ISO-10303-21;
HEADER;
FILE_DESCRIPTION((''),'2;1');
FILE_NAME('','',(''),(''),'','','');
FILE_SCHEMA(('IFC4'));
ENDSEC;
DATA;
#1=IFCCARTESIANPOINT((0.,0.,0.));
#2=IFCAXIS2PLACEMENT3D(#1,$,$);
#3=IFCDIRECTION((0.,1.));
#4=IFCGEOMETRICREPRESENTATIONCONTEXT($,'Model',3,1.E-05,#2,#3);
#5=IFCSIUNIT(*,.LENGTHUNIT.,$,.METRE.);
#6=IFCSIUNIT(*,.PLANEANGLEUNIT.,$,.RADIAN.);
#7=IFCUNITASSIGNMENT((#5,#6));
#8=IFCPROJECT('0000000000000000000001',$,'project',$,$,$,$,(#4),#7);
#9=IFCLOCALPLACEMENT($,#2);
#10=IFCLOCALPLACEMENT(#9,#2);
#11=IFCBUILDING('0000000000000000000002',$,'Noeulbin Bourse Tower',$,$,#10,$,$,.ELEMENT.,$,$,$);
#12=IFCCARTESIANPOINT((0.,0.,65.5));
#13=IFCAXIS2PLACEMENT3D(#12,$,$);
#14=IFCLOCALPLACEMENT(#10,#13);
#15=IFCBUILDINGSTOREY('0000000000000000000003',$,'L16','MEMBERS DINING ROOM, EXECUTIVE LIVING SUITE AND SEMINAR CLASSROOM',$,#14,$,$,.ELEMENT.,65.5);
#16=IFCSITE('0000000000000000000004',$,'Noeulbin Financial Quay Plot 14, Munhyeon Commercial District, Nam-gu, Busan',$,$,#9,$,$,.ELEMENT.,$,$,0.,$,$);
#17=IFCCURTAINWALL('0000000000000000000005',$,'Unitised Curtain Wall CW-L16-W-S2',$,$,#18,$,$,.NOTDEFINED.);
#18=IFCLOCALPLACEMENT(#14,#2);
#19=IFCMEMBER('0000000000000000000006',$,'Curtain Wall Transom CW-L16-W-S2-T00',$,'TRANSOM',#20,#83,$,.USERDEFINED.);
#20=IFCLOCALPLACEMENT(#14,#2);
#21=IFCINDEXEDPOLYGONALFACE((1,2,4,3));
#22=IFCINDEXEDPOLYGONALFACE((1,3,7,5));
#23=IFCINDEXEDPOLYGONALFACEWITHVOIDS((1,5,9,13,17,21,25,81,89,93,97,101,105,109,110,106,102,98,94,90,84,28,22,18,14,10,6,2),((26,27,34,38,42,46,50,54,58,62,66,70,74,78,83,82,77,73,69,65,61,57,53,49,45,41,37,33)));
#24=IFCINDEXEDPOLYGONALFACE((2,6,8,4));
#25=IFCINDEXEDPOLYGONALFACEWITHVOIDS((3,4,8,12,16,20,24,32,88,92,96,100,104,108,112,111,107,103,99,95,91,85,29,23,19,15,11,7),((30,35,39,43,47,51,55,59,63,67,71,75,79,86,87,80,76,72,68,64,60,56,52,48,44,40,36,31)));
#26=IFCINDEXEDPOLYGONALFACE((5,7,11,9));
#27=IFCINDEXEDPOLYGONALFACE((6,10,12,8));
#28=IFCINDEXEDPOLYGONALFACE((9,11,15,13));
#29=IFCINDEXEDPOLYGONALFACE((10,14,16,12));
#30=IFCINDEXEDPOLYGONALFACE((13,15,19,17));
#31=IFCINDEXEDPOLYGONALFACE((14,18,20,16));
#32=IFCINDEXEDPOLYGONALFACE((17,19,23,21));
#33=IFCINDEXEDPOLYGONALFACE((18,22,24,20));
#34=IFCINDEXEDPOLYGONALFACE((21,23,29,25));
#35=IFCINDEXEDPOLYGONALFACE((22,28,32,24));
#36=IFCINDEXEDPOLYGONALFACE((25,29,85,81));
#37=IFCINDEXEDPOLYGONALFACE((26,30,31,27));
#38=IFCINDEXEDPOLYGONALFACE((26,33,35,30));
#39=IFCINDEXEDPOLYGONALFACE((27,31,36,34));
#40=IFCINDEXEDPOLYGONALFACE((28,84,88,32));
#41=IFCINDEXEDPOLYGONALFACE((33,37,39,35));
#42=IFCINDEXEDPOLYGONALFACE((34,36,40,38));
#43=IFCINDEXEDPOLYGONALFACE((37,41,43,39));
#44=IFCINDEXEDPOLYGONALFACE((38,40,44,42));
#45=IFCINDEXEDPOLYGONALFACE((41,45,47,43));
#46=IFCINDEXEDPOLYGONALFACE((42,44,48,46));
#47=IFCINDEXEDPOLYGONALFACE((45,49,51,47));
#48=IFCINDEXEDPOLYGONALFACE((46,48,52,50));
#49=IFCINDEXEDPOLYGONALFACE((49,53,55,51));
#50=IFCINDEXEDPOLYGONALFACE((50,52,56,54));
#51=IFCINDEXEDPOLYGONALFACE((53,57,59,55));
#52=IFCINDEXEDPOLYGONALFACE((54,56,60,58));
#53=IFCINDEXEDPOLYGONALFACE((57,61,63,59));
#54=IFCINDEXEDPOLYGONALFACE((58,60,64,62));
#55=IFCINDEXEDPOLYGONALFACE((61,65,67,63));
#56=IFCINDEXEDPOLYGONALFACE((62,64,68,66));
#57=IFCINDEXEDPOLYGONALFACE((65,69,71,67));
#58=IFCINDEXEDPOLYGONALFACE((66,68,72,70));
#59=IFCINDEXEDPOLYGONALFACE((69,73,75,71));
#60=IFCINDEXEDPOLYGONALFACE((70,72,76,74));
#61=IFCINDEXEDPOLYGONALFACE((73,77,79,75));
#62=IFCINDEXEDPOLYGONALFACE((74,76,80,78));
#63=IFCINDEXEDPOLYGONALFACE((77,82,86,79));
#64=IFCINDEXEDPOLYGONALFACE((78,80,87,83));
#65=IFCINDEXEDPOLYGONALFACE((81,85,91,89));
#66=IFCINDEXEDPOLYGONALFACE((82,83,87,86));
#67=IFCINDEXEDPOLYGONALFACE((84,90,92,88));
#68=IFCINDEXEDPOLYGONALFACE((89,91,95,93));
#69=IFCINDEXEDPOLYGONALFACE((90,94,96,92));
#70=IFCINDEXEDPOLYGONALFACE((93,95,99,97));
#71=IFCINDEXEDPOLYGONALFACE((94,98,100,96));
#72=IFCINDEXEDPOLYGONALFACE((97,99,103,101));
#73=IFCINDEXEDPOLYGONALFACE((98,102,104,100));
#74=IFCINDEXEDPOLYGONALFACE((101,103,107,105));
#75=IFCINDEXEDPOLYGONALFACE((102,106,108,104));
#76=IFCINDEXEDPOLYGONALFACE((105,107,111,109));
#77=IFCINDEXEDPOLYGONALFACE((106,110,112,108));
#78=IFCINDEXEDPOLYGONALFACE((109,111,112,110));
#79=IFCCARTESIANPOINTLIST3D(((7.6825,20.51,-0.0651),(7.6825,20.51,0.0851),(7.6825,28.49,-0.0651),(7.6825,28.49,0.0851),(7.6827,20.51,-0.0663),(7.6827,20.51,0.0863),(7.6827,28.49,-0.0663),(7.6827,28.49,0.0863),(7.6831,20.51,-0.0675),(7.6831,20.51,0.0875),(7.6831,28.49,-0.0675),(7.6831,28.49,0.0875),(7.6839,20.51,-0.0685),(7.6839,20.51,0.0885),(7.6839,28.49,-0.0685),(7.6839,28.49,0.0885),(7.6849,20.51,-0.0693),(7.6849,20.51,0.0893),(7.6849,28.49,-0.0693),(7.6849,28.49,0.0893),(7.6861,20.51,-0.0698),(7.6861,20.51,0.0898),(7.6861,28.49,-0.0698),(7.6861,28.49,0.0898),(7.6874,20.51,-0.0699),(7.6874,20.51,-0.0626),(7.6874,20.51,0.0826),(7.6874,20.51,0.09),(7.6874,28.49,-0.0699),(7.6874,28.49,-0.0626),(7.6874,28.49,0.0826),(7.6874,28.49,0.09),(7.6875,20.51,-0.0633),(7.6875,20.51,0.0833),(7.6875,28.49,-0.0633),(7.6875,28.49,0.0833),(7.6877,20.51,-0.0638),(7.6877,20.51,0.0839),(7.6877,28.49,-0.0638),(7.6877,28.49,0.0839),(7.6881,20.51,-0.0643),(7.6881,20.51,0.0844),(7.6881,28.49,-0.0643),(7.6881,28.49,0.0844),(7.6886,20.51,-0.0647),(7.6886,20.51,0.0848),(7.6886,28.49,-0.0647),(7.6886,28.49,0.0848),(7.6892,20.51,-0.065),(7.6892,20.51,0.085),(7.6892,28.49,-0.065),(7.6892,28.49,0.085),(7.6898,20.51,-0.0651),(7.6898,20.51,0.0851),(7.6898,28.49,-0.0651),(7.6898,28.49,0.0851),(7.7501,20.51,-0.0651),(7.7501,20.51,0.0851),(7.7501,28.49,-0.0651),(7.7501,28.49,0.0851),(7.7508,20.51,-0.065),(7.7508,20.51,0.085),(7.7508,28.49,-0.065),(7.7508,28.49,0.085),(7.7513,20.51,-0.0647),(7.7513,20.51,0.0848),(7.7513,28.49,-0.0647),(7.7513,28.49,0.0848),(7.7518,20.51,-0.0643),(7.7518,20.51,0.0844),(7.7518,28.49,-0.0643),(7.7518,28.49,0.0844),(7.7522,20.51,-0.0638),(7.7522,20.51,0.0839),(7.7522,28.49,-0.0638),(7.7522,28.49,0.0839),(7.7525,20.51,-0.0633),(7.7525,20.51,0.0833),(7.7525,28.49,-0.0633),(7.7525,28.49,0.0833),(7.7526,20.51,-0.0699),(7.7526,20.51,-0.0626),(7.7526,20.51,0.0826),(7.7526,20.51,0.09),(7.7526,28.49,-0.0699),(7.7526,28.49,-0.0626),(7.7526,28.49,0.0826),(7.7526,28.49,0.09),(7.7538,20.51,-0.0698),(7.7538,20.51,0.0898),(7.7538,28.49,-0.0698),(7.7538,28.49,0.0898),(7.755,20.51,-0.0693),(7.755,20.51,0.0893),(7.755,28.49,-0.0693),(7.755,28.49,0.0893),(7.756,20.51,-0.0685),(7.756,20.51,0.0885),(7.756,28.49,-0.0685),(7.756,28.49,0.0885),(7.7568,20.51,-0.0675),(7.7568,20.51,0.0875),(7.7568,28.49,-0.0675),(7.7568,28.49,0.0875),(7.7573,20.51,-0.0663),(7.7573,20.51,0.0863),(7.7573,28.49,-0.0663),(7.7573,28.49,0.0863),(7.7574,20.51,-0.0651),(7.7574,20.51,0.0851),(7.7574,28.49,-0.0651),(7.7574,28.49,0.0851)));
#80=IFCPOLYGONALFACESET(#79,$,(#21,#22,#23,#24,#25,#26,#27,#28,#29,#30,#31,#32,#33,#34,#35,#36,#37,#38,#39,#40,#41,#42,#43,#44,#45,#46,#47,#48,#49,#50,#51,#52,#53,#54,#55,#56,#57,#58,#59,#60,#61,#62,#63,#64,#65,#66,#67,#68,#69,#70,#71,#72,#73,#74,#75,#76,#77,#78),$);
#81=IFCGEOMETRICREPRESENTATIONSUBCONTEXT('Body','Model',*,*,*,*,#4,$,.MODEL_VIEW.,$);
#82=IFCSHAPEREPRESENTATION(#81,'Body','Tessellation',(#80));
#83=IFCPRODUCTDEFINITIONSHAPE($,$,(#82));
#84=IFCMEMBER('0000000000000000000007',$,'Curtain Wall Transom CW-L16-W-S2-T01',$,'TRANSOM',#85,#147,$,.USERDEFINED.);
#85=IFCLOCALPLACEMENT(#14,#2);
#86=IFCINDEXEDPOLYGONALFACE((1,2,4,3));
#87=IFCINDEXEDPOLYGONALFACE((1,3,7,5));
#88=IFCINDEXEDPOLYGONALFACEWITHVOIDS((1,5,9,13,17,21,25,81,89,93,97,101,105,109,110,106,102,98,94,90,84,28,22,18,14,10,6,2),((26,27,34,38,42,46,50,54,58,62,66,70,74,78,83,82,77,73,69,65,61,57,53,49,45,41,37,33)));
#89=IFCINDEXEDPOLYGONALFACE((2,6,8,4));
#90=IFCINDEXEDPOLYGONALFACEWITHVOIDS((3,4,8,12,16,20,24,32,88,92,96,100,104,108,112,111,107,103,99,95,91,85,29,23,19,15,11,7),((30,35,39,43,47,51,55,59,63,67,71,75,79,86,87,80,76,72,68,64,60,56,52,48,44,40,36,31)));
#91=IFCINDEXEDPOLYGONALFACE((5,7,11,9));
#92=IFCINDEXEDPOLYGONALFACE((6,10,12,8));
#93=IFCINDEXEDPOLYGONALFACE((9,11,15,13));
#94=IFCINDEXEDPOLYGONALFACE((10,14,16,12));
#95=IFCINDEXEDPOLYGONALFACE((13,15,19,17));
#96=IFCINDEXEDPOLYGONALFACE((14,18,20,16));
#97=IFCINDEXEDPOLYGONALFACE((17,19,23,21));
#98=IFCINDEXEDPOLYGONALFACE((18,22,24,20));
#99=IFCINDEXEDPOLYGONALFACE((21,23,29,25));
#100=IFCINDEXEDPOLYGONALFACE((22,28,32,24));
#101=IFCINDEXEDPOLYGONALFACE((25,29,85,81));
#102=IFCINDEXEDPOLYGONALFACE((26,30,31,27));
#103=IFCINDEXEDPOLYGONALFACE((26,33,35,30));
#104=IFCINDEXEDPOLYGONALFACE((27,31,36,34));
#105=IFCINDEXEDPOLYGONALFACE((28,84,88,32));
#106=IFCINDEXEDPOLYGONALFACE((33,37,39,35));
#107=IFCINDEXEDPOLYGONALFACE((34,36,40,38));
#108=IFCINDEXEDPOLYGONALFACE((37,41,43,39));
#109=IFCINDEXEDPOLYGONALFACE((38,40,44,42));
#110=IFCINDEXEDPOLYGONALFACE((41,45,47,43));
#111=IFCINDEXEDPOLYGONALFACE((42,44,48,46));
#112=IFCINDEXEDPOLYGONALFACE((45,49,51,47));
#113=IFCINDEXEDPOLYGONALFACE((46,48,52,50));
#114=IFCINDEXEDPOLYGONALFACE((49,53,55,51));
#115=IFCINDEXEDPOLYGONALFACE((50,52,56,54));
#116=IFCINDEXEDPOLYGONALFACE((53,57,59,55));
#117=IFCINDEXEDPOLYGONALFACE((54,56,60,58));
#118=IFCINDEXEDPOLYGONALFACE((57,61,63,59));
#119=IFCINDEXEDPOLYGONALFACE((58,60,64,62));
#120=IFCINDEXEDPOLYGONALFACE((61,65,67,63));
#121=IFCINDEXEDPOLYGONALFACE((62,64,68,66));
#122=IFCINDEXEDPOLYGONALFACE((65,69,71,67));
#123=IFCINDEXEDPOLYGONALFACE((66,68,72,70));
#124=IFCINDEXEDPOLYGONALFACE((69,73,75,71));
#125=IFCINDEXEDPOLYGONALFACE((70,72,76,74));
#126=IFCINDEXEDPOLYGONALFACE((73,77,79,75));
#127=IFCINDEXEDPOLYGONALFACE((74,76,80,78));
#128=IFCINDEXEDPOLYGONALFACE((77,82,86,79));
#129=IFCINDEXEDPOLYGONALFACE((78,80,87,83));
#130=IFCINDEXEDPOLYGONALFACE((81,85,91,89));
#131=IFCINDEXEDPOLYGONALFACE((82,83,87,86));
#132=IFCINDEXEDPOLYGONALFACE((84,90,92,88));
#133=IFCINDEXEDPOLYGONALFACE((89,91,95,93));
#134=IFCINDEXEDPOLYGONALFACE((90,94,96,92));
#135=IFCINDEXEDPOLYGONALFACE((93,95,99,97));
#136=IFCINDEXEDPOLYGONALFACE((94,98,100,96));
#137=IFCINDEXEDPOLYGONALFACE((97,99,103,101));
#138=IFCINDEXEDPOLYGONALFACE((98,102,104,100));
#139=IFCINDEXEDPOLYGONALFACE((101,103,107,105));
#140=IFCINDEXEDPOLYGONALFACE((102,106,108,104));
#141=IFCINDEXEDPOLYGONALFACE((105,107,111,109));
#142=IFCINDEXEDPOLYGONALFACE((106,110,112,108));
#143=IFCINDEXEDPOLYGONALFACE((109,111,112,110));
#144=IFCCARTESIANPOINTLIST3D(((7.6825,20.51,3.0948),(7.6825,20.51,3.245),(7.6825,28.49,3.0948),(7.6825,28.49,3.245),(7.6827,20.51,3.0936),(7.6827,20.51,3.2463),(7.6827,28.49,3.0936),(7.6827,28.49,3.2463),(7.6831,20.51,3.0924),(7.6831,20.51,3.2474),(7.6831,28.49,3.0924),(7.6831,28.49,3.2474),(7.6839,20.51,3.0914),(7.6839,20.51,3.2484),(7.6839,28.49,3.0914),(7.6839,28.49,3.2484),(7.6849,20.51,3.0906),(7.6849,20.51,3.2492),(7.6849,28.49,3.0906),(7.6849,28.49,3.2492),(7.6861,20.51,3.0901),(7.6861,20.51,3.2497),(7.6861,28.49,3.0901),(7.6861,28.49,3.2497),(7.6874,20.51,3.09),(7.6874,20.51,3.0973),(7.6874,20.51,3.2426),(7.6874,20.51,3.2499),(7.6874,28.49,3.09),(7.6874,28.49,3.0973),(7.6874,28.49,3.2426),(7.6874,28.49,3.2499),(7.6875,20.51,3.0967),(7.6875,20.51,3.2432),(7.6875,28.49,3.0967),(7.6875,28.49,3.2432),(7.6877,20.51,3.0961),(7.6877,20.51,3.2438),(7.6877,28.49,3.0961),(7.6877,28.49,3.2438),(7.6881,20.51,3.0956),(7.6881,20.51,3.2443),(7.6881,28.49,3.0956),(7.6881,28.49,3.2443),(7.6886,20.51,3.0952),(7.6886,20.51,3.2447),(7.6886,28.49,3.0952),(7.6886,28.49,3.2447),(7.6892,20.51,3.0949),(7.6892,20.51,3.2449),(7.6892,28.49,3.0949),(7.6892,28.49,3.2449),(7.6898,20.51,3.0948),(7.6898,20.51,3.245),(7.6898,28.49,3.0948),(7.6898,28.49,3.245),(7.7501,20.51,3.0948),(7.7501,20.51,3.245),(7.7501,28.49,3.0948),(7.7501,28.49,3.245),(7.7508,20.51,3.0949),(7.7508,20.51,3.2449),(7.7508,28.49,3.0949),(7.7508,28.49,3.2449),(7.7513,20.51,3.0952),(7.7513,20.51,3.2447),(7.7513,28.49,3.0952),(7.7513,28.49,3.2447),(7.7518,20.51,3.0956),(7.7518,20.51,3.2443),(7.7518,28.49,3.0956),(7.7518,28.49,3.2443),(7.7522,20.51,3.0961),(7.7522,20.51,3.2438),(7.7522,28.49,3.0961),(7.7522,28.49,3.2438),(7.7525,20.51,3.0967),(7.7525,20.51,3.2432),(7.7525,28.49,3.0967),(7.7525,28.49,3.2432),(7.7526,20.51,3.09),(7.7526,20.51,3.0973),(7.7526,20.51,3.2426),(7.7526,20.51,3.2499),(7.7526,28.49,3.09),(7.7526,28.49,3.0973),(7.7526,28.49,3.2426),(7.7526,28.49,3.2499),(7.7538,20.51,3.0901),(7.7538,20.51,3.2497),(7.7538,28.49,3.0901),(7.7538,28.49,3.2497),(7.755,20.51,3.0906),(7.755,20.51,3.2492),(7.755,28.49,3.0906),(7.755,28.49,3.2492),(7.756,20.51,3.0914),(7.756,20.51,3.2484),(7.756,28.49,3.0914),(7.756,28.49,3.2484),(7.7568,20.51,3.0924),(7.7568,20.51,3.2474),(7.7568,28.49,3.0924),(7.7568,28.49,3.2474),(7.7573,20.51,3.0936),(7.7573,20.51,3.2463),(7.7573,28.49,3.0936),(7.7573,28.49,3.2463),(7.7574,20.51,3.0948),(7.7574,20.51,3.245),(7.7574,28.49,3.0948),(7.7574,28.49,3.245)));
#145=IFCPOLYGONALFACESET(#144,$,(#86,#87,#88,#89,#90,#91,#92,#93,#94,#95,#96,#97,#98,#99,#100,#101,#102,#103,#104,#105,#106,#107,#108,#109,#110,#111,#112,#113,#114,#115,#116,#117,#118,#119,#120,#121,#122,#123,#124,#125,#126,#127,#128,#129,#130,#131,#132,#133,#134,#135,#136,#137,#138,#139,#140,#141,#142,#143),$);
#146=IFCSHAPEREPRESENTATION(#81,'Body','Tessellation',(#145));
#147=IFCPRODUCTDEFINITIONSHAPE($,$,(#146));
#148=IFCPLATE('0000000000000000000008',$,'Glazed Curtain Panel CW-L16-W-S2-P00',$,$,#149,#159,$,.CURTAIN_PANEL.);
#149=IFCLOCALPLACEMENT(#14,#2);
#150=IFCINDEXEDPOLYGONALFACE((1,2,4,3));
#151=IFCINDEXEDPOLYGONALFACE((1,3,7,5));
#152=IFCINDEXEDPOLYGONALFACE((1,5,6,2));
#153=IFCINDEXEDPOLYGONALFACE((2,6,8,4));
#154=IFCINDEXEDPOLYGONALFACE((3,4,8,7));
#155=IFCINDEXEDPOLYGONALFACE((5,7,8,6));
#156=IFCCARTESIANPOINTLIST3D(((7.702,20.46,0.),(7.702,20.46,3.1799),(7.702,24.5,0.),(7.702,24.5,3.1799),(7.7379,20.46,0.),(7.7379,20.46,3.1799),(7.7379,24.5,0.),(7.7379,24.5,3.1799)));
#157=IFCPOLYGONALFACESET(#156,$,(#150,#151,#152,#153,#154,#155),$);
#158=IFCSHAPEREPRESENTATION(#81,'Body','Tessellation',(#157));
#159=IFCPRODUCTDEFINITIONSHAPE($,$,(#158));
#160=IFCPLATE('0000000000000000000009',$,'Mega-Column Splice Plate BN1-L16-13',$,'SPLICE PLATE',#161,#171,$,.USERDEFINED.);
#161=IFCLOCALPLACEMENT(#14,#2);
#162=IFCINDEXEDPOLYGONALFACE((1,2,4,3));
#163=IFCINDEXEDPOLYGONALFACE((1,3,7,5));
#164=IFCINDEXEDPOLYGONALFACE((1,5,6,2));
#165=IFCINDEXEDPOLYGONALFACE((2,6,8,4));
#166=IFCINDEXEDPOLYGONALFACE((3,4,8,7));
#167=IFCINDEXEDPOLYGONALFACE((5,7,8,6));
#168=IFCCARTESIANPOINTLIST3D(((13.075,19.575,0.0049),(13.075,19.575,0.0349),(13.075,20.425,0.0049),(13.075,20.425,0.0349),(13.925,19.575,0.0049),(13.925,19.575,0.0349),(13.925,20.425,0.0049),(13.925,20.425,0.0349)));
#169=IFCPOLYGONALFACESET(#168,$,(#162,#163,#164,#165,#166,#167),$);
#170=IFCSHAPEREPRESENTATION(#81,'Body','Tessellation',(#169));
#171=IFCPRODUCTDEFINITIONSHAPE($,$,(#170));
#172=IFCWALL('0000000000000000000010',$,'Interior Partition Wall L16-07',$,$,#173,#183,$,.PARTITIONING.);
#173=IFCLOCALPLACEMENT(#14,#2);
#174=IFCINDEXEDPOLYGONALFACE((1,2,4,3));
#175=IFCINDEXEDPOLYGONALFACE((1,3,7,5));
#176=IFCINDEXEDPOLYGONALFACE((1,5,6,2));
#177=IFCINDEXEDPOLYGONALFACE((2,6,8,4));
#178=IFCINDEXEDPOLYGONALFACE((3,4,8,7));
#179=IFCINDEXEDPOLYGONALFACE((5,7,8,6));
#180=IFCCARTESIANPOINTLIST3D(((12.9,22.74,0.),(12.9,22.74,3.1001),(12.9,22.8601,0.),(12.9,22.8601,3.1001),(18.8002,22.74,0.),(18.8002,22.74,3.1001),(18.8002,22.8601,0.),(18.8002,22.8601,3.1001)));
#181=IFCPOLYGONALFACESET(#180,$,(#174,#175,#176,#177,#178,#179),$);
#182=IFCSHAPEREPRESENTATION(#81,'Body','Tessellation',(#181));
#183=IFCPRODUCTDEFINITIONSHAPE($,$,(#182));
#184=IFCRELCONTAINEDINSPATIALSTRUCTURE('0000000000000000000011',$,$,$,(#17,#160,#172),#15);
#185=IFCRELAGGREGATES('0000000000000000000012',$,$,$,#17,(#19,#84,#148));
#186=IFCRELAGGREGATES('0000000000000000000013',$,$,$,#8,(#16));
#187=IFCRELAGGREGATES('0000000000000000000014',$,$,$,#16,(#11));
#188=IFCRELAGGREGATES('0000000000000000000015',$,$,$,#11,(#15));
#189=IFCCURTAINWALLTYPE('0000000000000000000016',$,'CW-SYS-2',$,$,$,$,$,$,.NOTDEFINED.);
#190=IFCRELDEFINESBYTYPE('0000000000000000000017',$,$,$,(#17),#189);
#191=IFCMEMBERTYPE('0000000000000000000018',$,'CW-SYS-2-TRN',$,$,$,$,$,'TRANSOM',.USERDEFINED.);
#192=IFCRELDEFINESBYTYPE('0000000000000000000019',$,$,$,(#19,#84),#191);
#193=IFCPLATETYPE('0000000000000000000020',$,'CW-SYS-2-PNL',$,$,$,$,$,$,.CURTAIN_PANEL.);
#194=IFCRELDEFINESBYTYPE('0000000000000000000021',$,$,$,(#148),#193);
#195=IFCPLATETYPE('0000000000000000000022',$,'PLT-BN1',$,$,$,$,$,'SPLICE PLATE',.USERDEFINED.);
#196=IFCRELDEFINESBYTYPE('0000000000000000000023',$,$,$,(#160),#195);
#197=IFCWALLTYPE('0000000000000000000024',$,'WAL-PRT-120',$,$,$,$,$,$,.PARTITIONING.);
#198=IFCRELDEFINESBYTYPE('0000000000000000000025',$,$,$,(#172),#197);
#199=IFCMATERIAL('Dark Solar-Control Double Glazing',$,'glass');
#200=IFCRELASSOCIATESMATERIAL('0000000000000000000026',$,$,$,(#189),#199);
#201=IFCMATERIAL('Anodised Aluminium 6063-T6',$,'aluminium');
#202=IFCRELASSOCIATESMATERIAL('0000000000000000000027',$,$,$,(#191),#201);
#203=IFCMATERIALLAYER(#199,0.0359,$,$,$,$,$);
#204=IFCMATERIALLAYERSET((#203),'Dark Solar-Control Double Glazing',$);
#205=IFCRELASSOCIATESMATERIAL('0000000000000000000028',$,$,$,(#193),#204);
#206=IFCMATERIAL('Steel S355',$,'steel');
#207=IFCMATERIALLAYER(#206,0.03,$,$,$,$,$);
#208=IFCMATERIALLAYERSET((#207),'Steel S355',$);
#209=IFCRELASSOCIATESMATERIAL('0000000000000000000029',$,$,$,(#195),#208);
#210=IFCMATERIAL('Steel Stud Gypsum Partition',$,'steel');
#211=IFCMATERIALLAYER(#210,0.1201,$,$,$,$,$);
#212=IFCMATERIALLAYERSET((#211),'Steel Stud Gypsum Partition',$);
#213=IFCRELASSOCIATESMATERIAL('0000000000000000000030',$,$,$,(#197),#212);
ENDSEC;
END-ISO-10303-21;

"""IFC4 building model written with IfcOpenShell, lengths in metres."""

from ifc_helpers import new_model, si_unit, direction, frame, frame_2d, origin, origin_2d, place, context, subcontext, project, spatial, rectangle, hollow_rectangle, extrude, material, layer, layer_set, material_profile, profile_set, type_object, element, aggregate, save


model = new_model("IFC4")

# Units and contexts
model_context = context("Model", 3, precision=1e-05, world=origin(), true_north=direction((0.0, 1.0)))
body_context = subcontext(model_context, "Body", "Model", "MODEL_VIEW")
ifc_project = project(units=[si_unit("LENGTHUNIT", "METRE"), si_unit("PLANEANGLEUNIT", "RADIAN")], contexts=[model_context])

# Site, building, storey
site_placement = place(None, origin())
site = spatial("IfcSite", under=ifc_project, at=site_placement, Name="Noeulbin Financial Quay Plot 14, Munhyeon Commercial District, Nam-gu, Busan", CompositionType="ELEMENT", RefElevation=0.0)
building_placement = place(site_placement, origin())
building = spatial("IfcBuilding", under=site, at=building_placement, Name="Noeulbin Bourse Tower", CompositionType="ELEMENT")
storey_placement = place(building_placement, frame((0.0, 0.0, 65.5)))
storey = spatial("IfcBuildingStorey", under=building, at=storey_placement, Name="L16", Description="MEMBERS DINING ROOM, EXECUTIVE LIVING SUITE AND SEMINAR CLASSROOM", CompositionType="ELEMENT", Elevation=65.5)

# Shared definitions
ifc_material_1 = material(Name="Steel S355", Category="steel")

# Curtain wall, members, plate
ifc_material_2 = material(Name="Dark Solar-Control Double Glazing", Category="glass")
curtain_wall_type = type_object("IfcCurtainWallType", Name="CW-SYS-2", PredefinedType="NOTDEFINED", material=ifc_material_2)
curtain_wall_placement = place(storey_placement, origin())
curtain_wall = element("IfcCurtainWall", 1, at=curtain_wall_placement, inside=storey, type_object=curtain_wall_type, Name="Unitised Curtain Wall CW-L16-W-S2", PredefinedType="NOTDEFINED")
ifc_material_3 = material(Name="Anodised Aluminium 6063-T6", Category="aluminium")
ifc_material_profile_1 = material_profile(ifc_material_3, hollow_rectangle(XDim=0.075, YDim=0.1599, WallThickness=0.0049, InnerFilletRadius=0.0024, OuterFilletRadius=0.0049, at=origin_2d()), Name="ALU-TRAN-75x160x5", Category="LoadBearing")
ifc_profile_set_1 = profile_set([ifc_material_profile_1], Name="Anodised Aluminium 6063-T6")
member_type_1 = type_object("IfcMemberType", Name="CW-SYS-2-TRN", ElementType="TRANSOM", PredefinedType="USERDEFINED", material=ifc_profile_set_1)
member_1_placement = place(storey_placement, frame((7.72, 20.51, 0.01), z_axis=(0.0, 1.0, 0.0), x_axis=(-1.0, 0.0, 0.0)))
member_1 = element("IfcMember", 2, at=member_1_placement, type_object=member_type_1, Name="Curtain Wall Transom CW-L16-W-S2-T00", ObjectType="TRANSOM", PredefinedType="USERDEFINED", context=body_context, shape_type="SweptSolid", body=[
    extrude(hollow_rectangle(XDim=0.075, YDim=0.1599, WallThickness=0.0049, InnerFilletRadius=0.0024, OuterFilletRadius=0.0049, at=origin_2d()), origin(), (0.0, 0.0, 1.0), 7.98),
])
member_2_placement = place(storey_placement, frame((7.72, 20.51, 3.1699), z_axis=(0.0, 1.0, 0.0), x_axis=(-1.0, 0.0, 0.0)))
member_2 = element("IfcMember", 3, at=member_2_placement, type_object=member_type_1, Name="Curtain Wall Transom CW-L16-W-S2-T01", ObjectType="TRANSOM", PredefinedType="USERDEFINED", context=body_context, shape_type="SweptSolid", body=[
    extrude(hollow_rectangle(XDim=0.075, YDim=0.1599, WallThickness=0.0049, InnerFilletRadius=0.0024, OuterFilletRadius=0.0049, at=origin_2d()), origin(), (0.0, 0.0, 1.0), 7.98),
])
ifc_layer_1 = layer(ifc_material_2, 0.0359)
ifc_layer_set_1 = layer_set([ifc_layer_1], Name="Dark Solar-Control Double Glazing")
plate_type_1 = type_object("IfcPlateType", Name="CW-SYS-2-PNL", PredefinedType="CURTAIN_PANEL", material=ifc_layer_set_1)
plate_1_placement = place(storey_placement, frame((7.72, 22.48, 0.0), z_axis=(0.0, 0.0, 1.0), x_axis=(0.0, 1.0, 0.0)))
plate_1 = element("IfcPlate", 4, at=plate_1_placement, type_object=plate_type_1, Name="Glazed Curtain Panel CW-L16-W-S2-P00", PredefinedType="CURTAIN_PANEL", context=body_context, shape_type="SweptSolid", body=[
    extrude(rectangle(XDim=4.04, YDim=0.0359, at=origin_2d()), origin(), (0.0, 0.0, 1.0), 3.1799),
])
aggregate(curtain_wall, [member_1, member_2, plate_1])

# Plate
ifc_layer_2 = layer(ifc_material_1, 0.03)
ifc_layer_set_2 = layer_set([ifc_layer_2], Name="Steel S355")
plate_type_2 = type_object("IfcPlateType", Name="PLT-BN1", ElementType="SPLICE PLATE", PredefinedType="USERDEFINED", material=ifc_layer_set_2)
plate_2_placement = place(storey_placement, frame((13.5, 20.0, 0.0049), z_axis=(0.0, 0.0, 1.0), x_axis=(1.0, 0.0, 0.0)))
element("IfcPlate", 5, at=plate_2_placement, inside=storey, type_object=plate_type_2, Name="Mega-Column Splice Plate BN1-L16-13", ObjectType="SPLICE PLATE", PredefinedType="USERDEFINED", context=body_context, shape_type="SweptSolid", body=[
    extrude(rectangle(XDim=0.8501, YDim=0.8501, at=origin_2d()), origin(), (0.0, 0.0, 1.0), 0.03),
])

# Wall
ifc_material_4 = material(Name="Steel Stud Gypsum Partition", Category="steel")
ifc_layer_3 = layer(ifc_material_4, 0.1201)
ifc_layer_set_3 = layer_set([ifc_layer_3], Name="Steel Stud Gypsum Partition")
wall_type = type_object("IfcWallType", Name="WAL-PRT-120", PredefinedType="PARTITIONING", material=ifc_layer_set_3)
wall_placement = place(storey_placement, frame((12.8999, 22.8, 0.0), z_axis=(0.0, 0.0, 1.0), x_axis=(1.0, 0.0, 0.0)))
element("IfcWall", 6, at=wall_placement, inside=storey, type_object=wall_type, Name="Interior Partition Wall L16-07", PredefinedType="PARTITIONING", context=body_context, shape_type="SweptSolid", body=[
    extrude(rectangle(XDim=5.9001, YDim=0.1201, at=frame_2d((2.9502, 0.0))), origin(), (0.0, 0.0, 1.0), 3.1001),
])

save(model, "model.ifc")
